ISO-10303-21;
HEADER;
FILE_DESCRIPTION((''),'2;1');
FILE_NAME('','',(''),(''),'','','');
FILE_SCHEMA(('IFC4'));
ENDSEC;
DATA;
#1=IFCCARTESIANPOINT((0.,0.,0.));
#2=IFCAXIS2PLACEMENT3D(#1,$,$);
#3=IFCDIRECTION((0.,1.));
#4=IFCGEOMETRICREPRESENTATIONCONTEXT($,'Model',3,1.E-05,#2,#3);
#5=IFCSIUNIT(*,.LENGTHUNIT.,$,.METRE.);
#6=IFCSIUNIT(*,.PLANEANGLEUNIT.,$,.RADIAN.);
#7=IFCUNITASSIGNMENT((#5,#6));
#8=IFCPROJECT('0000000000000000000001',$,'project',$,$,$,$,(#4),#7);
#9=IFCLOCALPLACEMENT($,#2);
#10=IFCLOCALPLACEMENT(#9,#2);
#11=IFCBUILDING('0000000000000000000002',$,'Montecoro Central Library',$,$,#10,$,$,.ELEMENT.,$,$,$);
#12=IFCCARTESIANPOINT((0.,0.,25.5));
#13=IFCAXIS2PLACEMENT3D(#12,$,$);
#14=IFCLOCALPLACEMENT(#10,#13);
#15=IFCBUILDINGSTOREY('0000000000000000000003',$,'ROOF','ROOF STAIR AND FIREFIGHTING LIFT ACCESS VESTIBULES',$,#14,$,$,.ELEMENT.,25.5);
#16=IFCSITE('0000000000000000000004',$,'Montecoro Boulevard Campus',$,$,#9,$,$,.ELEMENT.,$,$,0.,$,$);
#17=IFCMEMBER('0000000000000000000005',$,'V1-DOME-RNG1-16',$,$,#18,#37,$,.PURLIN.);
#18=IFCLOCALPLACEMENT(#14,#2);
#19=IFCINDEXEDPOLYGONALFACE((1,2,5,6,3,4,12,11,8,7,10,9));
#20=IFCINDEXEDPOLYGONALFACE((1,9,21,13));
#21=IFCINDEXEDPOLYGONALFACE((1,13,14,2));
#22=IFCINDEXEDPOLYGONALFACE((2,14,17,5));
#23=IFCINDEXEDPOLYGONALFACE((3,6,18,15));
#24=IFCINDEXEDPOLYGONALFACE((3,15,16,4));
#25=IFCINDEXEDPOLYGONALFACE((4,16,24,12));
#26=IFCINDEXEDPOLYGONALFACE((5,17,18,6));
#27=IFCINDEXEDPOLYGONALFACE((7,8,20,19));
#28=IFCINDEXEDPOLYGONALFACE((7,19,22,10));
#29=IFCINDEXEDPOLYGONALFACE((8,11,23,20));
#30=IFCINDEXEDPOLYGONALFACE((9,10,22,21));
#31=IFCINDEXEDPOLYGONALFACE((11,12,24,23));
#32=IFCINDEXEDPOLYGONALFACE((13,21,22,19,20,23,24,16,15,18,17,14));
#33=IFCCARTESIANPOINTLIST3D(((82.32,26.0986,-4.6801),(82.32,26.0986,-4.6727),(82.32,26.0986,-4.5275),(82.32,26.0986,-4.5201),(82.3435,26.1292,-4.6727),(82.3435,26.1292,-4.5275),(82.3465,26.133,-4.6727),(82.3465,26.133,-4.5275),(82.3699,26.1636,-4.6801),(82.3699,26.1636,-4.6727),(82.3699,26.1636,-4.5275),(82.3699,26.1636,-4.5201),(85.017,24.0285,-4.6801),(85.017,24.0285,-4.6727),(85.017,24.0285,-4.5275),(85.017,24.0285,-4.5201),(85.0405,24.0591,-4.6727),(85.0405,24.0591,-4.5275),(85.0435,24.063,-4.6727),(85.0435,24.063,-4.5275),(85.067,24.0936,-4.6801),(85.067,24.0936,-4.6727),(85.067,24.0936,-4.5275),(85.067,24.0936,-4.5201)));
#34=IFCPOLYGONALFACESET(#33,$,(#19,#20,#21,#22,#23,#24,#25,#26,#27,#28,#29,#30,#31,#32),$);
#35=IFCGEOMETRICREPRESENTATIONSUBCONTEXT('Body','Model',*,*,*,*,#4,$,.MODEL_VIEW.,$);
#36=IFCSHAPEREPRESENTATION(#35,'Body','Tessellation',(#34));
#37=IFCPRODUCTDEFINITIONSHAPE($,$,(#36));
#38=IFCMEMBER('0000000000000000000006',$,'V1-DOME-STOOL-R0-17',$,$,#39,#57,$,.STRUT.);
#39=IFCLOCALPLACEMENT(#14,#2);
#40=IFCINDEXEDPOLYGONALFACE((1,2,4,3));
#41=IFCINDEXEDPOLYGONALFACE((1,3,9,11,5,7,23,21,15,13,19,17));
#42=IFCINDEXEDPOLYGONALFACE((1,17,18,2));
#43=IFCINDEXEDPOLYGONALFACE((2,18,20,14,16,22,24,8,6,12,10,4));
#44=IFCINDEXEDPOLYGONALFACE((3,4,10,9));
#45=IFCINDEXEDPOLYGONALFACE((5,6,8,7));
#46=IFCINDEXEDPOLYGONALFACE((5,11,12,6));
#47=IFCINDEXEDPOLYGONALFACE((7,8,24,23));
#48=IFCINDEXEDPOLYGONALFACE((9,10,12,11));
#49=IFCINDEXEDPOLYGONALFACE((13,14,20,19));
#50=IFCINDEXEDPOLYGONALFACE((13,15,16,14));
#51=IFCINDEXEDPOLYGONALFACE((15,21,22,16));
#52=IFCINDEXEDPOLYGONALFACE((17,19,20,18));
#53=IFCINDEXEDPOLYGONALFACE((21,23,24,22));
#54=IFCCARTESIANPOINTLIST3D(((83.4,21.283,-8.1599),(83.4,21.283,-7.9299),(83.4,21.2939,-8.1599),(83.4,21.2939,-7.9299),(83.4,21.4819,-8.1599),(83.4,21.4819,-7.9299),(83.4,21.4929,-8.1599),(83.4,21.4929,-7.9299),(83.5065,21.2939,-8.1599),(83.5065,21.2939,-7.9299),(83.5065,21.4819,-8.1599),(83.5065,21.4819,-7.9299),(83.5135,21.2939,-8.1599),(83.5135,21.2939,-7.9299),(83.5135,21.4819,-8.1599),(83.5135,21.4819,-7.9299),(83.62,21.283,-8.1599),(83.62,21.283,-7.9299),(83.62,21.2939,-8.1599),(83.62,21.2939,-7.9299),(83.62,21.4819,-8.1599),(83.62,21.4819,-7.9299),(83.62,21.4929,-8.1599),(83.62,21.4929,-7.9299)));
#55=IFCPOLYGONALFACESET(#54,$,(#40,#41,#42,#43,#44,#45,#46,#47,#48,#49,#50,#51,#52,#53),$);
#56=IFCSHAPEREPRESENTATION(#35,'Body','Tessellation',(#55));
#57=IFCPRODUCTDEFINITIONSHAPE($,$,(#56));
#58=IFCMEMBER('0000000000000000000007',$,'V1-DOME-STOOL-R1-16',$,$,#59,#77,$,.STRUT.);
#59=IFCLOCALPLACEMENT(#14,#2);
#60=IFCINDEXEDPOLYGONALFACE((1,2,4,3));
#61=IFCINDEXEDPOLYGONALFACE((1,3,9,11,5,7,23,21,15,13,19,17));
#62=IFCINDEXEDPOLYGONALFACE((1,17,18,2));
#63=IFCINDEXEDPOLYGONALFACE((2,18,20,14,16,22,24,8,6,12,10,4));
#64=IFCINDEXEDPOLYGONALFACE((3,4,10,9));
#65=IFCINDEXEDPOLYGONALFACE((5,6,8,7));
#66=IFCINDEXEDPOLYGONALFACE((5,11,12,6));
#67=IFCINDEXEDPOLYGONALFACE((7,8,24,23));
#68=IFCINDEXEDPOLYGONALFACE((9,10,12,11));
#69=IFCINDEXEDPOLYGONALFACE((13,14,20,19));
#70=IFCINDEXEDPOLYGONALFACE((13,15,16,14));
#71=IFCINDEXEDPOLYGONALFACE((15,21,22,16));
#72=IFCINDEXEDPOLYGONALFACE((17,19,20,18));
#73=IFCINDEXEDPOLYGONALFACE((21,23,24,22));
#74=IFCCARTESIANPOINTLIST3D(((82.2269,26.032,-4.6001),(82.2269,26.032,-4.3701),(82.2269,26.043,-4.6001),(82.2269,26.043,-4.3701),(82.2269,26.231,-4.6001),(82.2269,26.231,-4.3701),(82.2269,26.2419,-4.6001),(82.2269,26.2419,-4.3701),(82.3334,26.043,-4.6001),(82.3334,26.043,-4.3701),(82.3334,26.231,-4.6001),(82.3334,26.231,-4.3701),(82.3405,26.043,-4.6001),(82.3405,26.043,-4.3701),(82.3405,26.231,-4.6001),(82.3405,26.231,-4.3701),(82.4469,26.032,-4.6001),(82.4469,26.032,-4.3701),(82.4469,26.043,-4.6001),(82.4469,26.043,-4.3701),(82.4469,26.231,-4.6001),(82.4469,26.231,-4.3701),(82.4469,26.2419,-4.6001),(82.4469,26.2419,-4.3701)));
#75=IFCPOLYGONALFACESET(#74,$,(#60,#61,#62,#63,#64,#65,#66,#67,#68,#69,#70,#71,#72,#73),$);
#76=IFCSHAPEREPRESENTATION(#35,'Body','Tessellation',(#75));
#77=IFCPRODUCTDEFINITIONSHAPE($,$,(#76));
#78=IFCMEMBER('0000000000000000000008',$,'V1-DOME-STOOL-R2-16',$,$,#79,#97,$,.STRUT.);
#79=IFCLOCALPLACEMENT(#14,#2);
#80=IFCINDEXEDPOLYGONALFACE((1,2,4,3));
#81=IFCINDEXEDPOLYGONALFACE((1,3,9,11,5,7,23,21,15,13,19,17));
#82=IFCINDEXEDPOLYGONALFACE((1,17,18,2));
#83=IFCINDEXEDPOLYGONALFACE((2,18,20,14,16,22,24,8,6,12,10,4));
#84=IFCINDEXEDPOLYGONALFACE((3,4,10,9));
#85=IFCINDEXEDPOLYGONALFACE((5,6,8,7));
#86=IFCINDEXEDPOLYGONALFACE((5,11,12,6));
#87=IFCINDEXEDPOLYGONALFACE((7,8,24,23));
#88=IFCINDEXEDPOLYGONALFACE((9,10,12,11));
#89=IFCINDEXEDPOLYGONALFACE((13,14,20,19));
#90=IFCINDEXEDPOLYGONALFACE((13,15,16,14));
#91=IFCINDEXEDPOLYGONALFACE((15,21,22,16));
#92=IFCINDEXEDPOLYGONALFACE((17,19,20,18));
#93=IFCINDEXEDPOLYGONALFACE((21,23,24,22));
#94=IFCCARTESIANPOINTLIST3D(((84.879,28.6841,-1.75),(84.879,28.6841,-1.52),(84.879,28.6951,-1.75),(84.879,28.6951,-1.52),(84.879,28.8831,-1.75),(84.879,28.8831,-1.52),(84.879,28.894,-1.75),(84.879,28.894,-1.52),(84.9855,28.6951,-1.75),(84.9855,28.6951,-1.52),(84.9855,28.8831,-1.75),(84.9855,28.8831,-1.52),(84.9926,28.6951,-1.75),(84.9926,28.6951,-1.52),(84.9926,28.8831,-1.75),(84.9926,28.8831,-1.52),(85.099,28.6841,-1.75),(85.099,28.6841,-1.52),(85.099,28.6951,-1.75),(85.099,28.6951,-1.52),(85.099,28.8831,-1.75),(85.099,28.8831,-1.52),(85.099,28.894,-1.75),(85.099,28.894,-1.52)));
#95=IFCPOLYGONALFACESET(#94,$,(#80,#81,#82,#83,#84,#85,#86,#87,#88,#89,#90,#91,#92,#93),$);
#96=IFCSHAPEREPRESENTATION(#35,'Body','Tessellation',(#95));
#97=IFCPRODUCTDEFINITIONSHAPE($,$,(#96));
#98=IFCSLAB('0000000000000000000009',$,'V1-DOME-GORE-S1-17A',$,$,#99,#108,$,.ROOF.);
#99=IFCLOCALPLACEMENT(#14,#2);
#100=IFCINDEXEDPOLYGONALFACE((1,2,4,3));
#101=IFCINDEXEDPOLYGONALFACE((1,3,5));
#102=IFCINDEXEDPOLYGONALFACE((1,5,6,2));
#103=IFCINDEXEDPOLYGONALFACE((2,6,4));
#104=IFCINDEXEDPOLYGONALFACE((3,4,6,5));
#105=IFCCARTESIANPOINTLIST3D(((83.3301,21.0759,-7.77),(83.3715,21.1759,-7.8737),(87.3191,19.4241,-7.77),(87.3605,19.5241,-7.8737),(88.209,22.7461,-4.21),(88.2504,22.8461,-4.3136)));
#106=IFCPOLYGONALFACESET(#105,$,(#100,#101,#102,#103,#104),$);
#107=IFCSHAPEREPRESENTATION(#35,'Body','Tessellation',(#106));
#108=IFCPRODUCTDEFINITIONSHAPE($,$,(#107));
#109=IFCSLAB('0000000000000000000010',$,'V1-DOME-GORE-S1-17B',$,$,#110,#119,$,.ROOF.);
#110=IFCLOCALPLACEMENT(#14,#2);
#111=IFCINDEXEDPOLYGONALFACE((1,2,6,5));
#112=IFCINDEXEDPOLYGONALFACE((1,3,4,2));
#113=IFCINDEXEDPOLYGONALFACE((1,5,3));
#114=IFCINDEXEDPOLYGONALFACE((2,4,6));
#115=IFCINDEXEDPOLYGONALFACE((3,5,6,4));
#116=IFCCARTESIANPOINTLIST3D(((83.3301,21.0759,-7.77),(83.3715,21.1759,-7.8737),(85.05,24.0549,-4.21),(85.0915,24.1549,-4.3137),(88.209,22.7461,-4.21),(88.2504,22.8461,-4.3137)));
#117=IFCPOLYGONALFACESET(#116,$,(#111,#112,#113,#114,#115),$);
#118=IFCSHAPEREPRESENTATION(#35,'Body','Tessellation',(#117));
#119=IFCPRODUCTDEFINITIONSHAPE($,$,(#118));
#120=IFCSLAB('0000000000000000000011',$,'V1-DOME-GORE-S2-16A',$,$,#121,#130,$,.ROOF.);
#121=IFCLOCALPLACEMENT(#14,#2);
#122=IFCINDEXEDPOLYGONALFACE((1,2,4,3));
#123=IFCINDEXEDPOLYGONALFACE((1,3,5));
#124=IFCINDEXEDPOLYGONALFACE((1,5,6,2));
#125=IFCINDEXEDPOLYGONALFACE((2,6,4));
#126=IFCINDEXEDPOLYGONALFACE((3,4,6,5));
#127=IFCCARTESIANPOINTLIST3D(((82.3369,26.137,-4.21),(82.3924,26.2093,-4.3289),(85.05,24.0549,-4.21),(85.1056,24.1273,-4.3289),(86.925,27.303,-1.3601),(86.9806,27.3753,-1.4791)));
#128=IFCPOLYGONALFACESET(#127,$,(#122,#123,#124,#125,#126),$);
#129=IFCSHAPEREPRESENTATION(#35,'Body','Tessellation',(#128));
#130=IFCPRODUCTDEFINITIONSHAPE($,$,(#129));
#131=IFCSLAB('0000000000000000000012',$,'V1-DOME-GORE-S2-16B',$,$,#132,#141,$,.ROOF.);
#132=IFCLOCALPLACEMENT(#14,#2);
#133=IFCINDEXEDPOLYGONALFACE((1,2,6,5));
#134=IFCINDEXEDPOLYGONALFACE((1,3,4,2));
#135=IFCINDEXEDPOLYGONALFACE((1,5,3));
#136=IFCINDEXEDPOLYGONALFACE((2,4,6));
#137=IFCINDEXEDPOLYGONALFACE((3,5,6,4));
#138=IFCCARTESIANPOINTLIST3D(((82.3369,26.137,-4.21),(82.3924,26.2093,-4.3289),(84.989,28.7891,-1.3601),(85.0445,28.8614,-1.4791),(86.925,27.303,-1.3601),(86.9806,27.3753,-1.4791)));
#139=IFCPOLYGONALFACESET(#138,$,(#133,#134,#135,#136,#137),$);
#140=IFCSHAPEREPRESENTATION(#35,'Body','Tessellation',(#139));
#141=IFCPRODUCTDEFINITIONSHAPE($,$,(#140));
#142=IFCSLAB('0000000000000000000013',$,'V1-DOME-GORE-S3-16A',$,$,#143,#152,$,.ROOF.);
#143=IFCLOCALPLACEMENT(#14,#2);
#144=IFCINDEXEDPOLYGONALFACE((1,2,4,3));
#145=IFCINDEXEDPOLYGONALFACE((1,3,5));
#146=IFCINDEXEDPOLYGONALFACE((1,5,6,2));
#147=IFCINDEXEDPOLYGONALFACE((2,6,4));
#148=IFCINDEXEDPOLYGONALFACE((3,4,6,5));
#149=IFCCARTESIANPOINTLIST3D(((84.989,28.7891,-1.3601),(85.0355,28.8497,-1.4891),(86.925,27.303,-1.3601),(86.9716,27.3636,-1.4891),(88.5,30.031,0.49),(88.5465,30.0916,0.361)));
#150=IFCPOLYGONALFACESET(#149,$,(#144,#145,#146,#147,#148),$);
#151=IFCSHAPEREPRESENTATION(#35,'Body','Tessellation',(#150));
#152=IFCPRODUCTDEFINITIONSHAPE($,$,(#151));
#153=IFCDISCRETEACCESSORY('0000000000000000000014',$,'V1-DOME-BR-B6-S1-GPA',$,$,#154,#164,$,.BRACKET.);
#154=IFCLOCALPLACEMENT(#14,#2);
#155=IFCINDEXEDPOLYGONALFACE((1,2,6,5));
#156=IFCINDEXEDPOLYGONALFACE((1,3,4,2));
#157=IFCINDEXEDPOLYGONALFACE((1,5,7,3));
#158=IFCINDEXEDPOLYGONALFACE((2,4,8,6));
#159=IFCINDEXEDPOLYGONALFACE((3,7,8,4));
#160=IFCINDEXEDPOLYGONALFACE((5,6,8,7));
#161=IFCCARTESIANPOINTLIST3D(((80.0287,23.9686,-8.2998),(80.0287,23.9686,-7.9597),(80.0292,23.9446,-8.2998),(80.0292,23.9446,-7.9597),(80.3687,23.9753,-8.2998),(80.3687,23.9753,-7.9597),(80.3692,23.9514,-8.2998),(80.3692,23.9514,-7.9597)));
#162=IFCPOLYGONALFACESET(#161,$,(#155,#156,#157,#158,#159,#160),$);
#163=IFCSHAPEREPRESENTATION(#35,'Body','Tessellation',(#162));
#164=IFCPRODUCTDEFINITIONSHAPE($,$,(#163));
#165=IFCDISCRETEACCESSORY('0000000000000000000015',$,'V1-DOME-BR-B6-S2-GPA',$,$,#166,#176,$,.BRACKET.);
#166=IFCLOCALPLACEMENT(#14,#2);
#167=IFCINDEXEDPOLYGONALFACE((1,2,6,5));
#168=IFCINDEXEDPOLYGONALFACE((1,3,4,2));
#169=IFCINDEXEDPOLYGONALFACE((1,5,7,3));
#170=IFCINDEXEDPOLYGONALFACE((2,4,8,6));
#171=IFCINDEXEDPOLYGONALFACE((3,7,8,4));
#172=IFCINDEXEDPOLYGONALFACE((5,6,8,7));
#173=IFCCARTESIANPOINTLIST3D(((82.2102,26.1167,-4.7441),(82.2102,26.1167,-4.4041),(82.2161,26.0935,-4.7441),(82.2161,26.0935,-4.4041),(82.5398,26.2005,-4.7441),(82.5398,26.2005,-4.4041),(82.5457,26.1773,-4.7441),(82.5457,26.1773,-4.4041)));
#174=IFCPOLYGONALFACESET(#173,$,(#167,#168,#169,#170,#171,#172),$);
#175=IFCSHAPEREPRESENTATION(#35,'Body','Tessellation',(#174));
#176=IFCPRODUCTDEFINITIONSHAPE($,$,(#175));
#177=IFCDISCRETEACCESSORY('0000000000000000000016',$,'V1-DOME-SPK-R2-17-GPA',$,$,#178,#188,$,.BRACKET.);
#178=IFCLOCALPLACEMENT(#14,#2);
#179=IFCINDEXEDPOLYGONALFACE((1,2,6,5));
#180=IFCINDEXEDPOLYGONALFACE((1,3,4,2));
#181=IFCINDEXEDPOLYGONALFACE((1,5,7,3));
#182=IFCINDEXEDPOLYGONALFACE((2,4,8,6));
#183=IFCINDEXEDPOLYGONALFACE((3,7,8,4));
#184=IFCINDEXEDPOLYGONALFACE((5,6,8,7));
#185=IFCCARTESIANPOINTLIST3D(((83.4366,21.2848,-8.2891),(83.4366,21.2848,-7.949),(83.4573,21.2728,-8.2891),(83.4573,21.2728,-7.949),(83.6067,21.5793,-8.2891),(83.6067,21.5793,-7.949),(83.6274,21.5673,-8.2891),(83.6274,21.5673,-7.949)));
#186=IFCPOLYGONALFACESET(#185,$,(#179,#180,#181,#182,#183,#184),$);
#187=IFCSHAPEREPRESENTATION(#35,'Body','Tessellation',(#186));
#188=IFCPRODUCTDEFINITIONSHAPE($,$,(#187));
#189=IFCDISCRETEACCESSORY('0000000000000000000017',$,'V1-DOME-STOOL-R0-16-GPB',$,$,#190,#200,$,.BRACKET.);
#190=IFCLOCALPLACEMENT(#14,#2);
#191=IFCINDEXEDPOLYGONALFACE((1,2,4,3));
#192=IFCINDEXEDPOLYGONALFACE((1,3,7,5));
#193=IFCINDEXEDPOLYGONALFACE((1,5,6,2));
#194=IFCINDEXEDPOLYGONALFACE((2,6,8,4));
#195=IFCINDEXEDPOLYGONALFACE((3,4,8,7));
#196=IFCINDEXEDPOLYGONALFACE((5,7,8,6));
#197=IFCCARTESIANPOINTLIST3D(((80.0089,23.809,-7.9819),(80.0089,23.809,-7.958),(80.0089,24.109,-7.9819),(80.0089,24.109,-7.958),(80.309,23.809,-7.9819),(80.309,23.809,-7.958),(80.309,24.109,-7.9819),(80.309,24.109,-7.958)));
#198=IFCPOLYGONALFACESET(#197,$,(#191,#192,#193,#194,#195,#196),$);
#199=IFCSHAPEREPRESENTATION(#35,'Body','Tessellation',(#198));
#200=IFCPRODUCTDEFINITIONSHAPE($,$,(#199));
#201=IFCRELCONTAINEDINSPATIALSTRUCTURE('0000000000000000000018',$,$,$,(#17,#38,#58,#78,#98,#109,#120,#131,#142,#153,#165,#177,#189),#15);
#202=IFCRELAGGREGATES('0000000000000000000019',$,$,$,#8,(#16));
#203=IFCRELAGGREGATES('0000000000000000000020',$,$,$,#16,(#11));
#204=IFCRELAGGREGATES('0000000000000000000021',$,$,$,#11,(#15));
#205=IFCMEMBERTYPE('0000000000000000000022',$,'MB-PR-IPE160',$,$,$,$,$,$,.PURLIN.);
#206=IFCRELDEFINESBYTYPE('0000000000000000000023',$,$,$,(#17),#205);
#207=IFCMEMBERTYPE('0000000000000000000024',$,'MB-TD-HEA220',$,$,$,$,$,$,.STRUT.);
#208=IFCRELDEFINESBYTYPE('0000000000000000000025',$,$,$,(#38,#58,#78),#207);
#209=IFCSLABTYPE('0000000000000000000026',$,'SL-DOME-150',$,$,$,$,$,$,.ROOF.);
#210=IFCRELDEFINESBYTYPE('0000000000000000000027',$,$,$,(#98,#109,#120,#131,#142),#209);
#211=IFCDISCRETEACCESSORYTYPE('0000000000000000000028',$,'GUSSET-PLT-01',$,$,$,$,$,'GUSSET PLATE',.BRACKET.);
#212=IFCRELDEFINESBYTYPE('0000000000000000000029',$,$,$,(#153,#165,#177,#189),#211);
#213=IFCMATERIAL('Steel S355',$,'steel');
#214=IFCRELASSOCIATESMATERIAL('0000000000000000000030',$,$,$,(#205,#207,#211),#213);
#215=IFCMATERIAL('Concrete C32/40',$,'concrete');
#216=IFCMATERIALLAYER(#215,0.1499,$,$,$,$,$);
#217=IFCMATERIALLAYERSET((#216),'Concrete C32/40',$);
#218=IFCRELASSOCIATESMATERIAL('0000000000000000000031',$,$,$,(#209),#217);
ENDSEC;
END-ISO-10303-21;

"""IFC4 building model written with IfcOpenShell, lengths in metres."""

from ifc_helpers import new_model, si_unit, direction, frame, origin, origin_2d, place, context, subcontext, project, spatial, polyline, rectangle, i_section, outline, extrude, material, layer, layer_set, material_profile, profile_set, type_object, element, save


model = new_model("IFC4")

# Units and contexts
model_context = context("Model", 3, precision=1e-05, world=origin(), true_north=direction((0.0, 1.0)))
body_context = subcontext(model_context, "Body", "Model", "MODEL_VIEW")
ifc_project = project(units=[si_unit("LENGTHUNIT", "METRE"), si_unit("PLANEANGLEUNIT", "RADIAN")], contexts=[model_context])

# Site, building, storey
site_placement = place(None, origin())
site = spatial("IfcSite", under=ifc_project, at=site_placement, Name="Montecoro Boulevard Campus", CompositionType="ELEMENT", RefElevation=0.0)
building_placement = place(site_placement, origin())
building = spatial("IfcBuilding", under=site, at=building_placement, Name="Montecoro Central Library", CompositionType="ELEMENT")
storey_placement = place(building_placement, frame((0.0, 0.0, 25.5)))
storey = spatial("IfcBuildingStorey", under=building, at=storey_placement, Name="ROOF", Description="ROOF STAIR AND FIREFIGHTING LIFT ACCESS VESTIBULES", CompositionType="ELEMENT", Elevation=25.5)

# Members
ifc_material_1 = material(Name="Steel S355", Category="steel")
ifc_material_profile_1 = material_profile(ifc_material_1, i_section(OverallWidth=0.082, OverallDepth=0.1599, WebThickness=0.0049, FlangeThickness=0.0073, at=origin_2d()), Name="IPE 160")
ifc_profile_set_1 = profile_set([ifc_material_profile_1], Name="Steel S355")
member_type_1 = type_object("IfcMemberType", Name="MB-PR-IPE160", PredefinedType="PURLIN", material=ifc_profile_set_1)
for number, where, z_axis, x_axis, name in (
    (1, (82.345, 26.1311, -4.6001), (0.793272, -0.608867, 0.0), (0.608867, 0.793272, 0.0), "V1-DOME-RNG1-16"),
):
    element("IfcMember", number, at=place(storey_placement, frame(where, z_axis=z_axis, x_axis=x_axis)), inside=storey, type_object=member_type_1, Name=name, PredefinedType="PURLIN", context=body_context, shape_type="SweptSolid", body=[
        extrude(i_section(OverallWidth=0.082, OverallDepth=0.1599, WebThickness=0.0049, FlangeThickness=0.0073, at=origin_2d()), origin(), (0.0, 0.0, 1.0), 3.3999),
    ])
ifc_material_profile_2 = material_profile(ifc_material_1, i_section(OverallWidth=0.22, OverallDepth=0.21, WebThickness=0.0071, FlangeThickness=0.011, at=origin_2d()), Name="HEA 220")
ifc_profile_set_2 = profile_set([ifc_material_profile_2], Name="Steel S355")
member_type_2 = type_object("IfcMemberType", Name="MB-TD-HEA220", PredefinedType="STRUT", material=ifc_profile_set_2)
for number, where, z_axis, x_axis, name in (
    (2, (83.51, 21.3879, -8.1599), (0.0, 0.0, 1.0), (1.0, 0.0, 0.0), "V1-DOME-STOOL-R0-17"),
    (3, (82.3369, 26.137, -4.6001), (0.0, 0.0, 1.0), (1.0, 0.0, 0.0), "V1-DOME-STOOL-R1-16"),
    (4, (84.989, 28.7891, -1.75), (0.0, 0.0, 1.0), (1.0, 0.0, 0.0), "V1-DOME-STOOL-R2-16"),
):
    element("IfcMember", number, at=place(storey_placement, frame(where, z_axis=z_axis, x_axis=x_axis)), inside=storey, type_object=member_type_2, Name=name, PredefinedType="STRUT", context=body_context, shape_type="SweptSolid", body=[
        extrude(i_section(OverallWidth=0.22, OverallDepth=0.21, WebThickness=0.0071, FlangeThickness=0.011, at=origin_2d()), origin(), (0.0, 0.0, 1.0), 0.23),
    ])

# Slabs
ifc_material_2 = material(Name="Concrete C32/40", Category="concrete")
ifc_layer = layer(ifc_material_2, 0.1499)
ifc_layer_set = layer_set([ifc_layer], Name="Concrete C32/40")
slab_type = type_object("IfcSlabType", Name="SL-DOME-150", PredefinedType="ROOF", material=ifc_layer_set)
slab_1_placement = place(storey_placement, frame((83.3301, 21.0759, -7.77), z_axis=(-0.276306, -0.667242, 0.691695), x_axis=(0.923916, -0.382595, 0.0)))
element("IfcSlab", 5, at=slab_1_placement, inside=storey, type_object=slab_type, Name="V1-DOME-GORE-S1-17A", PredefinedType="ROOF", context=body_context, shape_type="SweptSolid", body=[
    extrude(outline(polyline([(0.0, 0.0), (4.3175, 0.0), (3.8687, 4.9295), (0.0, 0.0)])), origin(), (0.0, 0.0, -1.0), 0.1499),
])
slab_2_placement = place(storey_placement, frame((83.3301, 21.0759, -7.77), z_axis=(-0.276406, -0.667118, 0.691775), x_axis=(0.778588, 0.266529, 0.568123)))
element("IfcSlab", 6, at=slab_2_placement, inside=storey, type_object=slab_type, Name="V1-DOME-GORE-S1-17B", PredefinedType="ROOF", context=body_context, shape_type="SweptSolid", body=[
    extrude(outline(polyline([(0.0, 0.0), (6.2664, 0.0), (4.1557, 2.6902), (0.0, 0.0)])), origin(), (0.0, 0.0, -1.0), 0.1499),
])
slab_3_placement = place(storey_placement, frame((82.3369, 26.137, -4.21), z_axis=(-0.370342, -0.4826, 0.79369), x_axis=(0.793329, -0.608793, 0.0)))
element("IfcSlab", 7, at=slab_3_placement, inside=storey, type_object=slab_type, Name="V1-DOME-GORE-S2-16A", PredefinedType="ROOF", context=body_context, shape_type="SweptSolid", body=[
    extrude(outline(polyline([(0.0, 0.0), (3.4199, 0.0), (2.93, 4.6848), (0.0, 0.0)])), origin(), (0.0, 0.0, -1.0), 0.1499),
])
slab_4_placement = place(storey_placement, frame((82.3369, 26.137, -4.21), z_axis=(-0.37038, -0.482523, 0.793719), x_axis=(0.830342, 0.211021, 0.515755)))
element("IfcSlab", 8, at=slab_4_placement, inside=storey, type_object=slab_type, Name="V1-DOME-GORE-S2-16B", PredefinedType="ROOF", context=body_context, shape_type="SweptSolid", body=[
    extrude(outline(polyline([(0.0, 0.0), (5.5256, 0.0), (4.2316, 2.0694), (0.0, 0.0)])), origin(), (0.0, 0.0, -1.0), 0.1499),
])
slab_5_placement = place(storey_placement, frame((84.989, 28.7891, -1.3601), z_axis=(-0.310345, -0.404311, 0.86036), x_axis=(0.793252, -0.608893, 0.0)))
element("IfcSlab", 9, at=slab_5_placement, inside=storey, type_object=slab_type, Name="V1-DOME-GORE-S3-16A", PredefinedType="ROOF", context=body_context, shape_type="SweptSolid", body=[
    extrude(outline(polyline([(0.0, 0.0), (2.4406, 0.0), (2.0289, 3.6299), (0.0, 0.0)])), origin(), (0.0, 0.0, -1.0), 0.1499),
])

# Discrete accessories
discrete_accessory_type = type_object("IfcDiscreteAccessoryType", Name="GUSSET-PLT-01", ElementType="GUSSET PLATE", PredefinedType="BRACKET", material=ifc_material_1)
for number, where, z_axis, x_axis, name in (
    (10, (80.199, 23.96, -8.2998), (0.0, 0.0, 1.0), (0.999806, 0.019721, 0.0), "V1-DOME-BR-B6-S1-GPA"),
    (11, (82.3779, 26.147, -4.7441), (0.0, 0.0, 1.0), (0.969188, 0.246322, 0.0), "V1-DOME-BR-B6-S2-GPA"),
    (12, (83.532, 21.426, -8.2891), (0.0, 0.0, 1.0), (0.500151, 0.865938, 0.0), "V1-DOME-SPK-R2-17-GPA"),
):
    element("IfcDiscreteAccessory", number, at=place(storey_placement, frame(where, z_axis=z_axis, x_axis=x_axis)), inside=storey, type_object=discrete_accessory_type, Name=name, PredefinedType="BRACKET", context=body_context, shape_type="SweptSolid", body=[
        extrude(rectangle(XDim=0.3401, YDim=0.0239, at=origin_2d()), origin(), (0.0, 0.0, 1.0), 0.3401),
    ])
for number, where, z_axis, x_axis, name in (
    (13, (80.1589, 23.959, -7.9819), (0.0, 0.0, 1.0), (1.0, 0.0, 0.0), "V1-DOME-STOOL-R0-16-GPB"),
):
    element("IfcDiscreteAccessory", number, at=place(storey_placement, frame(where, z_axis=z_axis, x_axis=x_axis)), inside=storey, type_object=discrete_accessory_type, Name=name, PredefinedType="BRACKET", context=body_context, shape_type="SweptSolid", body=[
        extrude(rectangle(XDim=0.3, YDim=0.3, at=origin_2d()), origin(), (0.0, 0.0, 1.0), 0.0239),
    ])

save(model, "model.ifc")
